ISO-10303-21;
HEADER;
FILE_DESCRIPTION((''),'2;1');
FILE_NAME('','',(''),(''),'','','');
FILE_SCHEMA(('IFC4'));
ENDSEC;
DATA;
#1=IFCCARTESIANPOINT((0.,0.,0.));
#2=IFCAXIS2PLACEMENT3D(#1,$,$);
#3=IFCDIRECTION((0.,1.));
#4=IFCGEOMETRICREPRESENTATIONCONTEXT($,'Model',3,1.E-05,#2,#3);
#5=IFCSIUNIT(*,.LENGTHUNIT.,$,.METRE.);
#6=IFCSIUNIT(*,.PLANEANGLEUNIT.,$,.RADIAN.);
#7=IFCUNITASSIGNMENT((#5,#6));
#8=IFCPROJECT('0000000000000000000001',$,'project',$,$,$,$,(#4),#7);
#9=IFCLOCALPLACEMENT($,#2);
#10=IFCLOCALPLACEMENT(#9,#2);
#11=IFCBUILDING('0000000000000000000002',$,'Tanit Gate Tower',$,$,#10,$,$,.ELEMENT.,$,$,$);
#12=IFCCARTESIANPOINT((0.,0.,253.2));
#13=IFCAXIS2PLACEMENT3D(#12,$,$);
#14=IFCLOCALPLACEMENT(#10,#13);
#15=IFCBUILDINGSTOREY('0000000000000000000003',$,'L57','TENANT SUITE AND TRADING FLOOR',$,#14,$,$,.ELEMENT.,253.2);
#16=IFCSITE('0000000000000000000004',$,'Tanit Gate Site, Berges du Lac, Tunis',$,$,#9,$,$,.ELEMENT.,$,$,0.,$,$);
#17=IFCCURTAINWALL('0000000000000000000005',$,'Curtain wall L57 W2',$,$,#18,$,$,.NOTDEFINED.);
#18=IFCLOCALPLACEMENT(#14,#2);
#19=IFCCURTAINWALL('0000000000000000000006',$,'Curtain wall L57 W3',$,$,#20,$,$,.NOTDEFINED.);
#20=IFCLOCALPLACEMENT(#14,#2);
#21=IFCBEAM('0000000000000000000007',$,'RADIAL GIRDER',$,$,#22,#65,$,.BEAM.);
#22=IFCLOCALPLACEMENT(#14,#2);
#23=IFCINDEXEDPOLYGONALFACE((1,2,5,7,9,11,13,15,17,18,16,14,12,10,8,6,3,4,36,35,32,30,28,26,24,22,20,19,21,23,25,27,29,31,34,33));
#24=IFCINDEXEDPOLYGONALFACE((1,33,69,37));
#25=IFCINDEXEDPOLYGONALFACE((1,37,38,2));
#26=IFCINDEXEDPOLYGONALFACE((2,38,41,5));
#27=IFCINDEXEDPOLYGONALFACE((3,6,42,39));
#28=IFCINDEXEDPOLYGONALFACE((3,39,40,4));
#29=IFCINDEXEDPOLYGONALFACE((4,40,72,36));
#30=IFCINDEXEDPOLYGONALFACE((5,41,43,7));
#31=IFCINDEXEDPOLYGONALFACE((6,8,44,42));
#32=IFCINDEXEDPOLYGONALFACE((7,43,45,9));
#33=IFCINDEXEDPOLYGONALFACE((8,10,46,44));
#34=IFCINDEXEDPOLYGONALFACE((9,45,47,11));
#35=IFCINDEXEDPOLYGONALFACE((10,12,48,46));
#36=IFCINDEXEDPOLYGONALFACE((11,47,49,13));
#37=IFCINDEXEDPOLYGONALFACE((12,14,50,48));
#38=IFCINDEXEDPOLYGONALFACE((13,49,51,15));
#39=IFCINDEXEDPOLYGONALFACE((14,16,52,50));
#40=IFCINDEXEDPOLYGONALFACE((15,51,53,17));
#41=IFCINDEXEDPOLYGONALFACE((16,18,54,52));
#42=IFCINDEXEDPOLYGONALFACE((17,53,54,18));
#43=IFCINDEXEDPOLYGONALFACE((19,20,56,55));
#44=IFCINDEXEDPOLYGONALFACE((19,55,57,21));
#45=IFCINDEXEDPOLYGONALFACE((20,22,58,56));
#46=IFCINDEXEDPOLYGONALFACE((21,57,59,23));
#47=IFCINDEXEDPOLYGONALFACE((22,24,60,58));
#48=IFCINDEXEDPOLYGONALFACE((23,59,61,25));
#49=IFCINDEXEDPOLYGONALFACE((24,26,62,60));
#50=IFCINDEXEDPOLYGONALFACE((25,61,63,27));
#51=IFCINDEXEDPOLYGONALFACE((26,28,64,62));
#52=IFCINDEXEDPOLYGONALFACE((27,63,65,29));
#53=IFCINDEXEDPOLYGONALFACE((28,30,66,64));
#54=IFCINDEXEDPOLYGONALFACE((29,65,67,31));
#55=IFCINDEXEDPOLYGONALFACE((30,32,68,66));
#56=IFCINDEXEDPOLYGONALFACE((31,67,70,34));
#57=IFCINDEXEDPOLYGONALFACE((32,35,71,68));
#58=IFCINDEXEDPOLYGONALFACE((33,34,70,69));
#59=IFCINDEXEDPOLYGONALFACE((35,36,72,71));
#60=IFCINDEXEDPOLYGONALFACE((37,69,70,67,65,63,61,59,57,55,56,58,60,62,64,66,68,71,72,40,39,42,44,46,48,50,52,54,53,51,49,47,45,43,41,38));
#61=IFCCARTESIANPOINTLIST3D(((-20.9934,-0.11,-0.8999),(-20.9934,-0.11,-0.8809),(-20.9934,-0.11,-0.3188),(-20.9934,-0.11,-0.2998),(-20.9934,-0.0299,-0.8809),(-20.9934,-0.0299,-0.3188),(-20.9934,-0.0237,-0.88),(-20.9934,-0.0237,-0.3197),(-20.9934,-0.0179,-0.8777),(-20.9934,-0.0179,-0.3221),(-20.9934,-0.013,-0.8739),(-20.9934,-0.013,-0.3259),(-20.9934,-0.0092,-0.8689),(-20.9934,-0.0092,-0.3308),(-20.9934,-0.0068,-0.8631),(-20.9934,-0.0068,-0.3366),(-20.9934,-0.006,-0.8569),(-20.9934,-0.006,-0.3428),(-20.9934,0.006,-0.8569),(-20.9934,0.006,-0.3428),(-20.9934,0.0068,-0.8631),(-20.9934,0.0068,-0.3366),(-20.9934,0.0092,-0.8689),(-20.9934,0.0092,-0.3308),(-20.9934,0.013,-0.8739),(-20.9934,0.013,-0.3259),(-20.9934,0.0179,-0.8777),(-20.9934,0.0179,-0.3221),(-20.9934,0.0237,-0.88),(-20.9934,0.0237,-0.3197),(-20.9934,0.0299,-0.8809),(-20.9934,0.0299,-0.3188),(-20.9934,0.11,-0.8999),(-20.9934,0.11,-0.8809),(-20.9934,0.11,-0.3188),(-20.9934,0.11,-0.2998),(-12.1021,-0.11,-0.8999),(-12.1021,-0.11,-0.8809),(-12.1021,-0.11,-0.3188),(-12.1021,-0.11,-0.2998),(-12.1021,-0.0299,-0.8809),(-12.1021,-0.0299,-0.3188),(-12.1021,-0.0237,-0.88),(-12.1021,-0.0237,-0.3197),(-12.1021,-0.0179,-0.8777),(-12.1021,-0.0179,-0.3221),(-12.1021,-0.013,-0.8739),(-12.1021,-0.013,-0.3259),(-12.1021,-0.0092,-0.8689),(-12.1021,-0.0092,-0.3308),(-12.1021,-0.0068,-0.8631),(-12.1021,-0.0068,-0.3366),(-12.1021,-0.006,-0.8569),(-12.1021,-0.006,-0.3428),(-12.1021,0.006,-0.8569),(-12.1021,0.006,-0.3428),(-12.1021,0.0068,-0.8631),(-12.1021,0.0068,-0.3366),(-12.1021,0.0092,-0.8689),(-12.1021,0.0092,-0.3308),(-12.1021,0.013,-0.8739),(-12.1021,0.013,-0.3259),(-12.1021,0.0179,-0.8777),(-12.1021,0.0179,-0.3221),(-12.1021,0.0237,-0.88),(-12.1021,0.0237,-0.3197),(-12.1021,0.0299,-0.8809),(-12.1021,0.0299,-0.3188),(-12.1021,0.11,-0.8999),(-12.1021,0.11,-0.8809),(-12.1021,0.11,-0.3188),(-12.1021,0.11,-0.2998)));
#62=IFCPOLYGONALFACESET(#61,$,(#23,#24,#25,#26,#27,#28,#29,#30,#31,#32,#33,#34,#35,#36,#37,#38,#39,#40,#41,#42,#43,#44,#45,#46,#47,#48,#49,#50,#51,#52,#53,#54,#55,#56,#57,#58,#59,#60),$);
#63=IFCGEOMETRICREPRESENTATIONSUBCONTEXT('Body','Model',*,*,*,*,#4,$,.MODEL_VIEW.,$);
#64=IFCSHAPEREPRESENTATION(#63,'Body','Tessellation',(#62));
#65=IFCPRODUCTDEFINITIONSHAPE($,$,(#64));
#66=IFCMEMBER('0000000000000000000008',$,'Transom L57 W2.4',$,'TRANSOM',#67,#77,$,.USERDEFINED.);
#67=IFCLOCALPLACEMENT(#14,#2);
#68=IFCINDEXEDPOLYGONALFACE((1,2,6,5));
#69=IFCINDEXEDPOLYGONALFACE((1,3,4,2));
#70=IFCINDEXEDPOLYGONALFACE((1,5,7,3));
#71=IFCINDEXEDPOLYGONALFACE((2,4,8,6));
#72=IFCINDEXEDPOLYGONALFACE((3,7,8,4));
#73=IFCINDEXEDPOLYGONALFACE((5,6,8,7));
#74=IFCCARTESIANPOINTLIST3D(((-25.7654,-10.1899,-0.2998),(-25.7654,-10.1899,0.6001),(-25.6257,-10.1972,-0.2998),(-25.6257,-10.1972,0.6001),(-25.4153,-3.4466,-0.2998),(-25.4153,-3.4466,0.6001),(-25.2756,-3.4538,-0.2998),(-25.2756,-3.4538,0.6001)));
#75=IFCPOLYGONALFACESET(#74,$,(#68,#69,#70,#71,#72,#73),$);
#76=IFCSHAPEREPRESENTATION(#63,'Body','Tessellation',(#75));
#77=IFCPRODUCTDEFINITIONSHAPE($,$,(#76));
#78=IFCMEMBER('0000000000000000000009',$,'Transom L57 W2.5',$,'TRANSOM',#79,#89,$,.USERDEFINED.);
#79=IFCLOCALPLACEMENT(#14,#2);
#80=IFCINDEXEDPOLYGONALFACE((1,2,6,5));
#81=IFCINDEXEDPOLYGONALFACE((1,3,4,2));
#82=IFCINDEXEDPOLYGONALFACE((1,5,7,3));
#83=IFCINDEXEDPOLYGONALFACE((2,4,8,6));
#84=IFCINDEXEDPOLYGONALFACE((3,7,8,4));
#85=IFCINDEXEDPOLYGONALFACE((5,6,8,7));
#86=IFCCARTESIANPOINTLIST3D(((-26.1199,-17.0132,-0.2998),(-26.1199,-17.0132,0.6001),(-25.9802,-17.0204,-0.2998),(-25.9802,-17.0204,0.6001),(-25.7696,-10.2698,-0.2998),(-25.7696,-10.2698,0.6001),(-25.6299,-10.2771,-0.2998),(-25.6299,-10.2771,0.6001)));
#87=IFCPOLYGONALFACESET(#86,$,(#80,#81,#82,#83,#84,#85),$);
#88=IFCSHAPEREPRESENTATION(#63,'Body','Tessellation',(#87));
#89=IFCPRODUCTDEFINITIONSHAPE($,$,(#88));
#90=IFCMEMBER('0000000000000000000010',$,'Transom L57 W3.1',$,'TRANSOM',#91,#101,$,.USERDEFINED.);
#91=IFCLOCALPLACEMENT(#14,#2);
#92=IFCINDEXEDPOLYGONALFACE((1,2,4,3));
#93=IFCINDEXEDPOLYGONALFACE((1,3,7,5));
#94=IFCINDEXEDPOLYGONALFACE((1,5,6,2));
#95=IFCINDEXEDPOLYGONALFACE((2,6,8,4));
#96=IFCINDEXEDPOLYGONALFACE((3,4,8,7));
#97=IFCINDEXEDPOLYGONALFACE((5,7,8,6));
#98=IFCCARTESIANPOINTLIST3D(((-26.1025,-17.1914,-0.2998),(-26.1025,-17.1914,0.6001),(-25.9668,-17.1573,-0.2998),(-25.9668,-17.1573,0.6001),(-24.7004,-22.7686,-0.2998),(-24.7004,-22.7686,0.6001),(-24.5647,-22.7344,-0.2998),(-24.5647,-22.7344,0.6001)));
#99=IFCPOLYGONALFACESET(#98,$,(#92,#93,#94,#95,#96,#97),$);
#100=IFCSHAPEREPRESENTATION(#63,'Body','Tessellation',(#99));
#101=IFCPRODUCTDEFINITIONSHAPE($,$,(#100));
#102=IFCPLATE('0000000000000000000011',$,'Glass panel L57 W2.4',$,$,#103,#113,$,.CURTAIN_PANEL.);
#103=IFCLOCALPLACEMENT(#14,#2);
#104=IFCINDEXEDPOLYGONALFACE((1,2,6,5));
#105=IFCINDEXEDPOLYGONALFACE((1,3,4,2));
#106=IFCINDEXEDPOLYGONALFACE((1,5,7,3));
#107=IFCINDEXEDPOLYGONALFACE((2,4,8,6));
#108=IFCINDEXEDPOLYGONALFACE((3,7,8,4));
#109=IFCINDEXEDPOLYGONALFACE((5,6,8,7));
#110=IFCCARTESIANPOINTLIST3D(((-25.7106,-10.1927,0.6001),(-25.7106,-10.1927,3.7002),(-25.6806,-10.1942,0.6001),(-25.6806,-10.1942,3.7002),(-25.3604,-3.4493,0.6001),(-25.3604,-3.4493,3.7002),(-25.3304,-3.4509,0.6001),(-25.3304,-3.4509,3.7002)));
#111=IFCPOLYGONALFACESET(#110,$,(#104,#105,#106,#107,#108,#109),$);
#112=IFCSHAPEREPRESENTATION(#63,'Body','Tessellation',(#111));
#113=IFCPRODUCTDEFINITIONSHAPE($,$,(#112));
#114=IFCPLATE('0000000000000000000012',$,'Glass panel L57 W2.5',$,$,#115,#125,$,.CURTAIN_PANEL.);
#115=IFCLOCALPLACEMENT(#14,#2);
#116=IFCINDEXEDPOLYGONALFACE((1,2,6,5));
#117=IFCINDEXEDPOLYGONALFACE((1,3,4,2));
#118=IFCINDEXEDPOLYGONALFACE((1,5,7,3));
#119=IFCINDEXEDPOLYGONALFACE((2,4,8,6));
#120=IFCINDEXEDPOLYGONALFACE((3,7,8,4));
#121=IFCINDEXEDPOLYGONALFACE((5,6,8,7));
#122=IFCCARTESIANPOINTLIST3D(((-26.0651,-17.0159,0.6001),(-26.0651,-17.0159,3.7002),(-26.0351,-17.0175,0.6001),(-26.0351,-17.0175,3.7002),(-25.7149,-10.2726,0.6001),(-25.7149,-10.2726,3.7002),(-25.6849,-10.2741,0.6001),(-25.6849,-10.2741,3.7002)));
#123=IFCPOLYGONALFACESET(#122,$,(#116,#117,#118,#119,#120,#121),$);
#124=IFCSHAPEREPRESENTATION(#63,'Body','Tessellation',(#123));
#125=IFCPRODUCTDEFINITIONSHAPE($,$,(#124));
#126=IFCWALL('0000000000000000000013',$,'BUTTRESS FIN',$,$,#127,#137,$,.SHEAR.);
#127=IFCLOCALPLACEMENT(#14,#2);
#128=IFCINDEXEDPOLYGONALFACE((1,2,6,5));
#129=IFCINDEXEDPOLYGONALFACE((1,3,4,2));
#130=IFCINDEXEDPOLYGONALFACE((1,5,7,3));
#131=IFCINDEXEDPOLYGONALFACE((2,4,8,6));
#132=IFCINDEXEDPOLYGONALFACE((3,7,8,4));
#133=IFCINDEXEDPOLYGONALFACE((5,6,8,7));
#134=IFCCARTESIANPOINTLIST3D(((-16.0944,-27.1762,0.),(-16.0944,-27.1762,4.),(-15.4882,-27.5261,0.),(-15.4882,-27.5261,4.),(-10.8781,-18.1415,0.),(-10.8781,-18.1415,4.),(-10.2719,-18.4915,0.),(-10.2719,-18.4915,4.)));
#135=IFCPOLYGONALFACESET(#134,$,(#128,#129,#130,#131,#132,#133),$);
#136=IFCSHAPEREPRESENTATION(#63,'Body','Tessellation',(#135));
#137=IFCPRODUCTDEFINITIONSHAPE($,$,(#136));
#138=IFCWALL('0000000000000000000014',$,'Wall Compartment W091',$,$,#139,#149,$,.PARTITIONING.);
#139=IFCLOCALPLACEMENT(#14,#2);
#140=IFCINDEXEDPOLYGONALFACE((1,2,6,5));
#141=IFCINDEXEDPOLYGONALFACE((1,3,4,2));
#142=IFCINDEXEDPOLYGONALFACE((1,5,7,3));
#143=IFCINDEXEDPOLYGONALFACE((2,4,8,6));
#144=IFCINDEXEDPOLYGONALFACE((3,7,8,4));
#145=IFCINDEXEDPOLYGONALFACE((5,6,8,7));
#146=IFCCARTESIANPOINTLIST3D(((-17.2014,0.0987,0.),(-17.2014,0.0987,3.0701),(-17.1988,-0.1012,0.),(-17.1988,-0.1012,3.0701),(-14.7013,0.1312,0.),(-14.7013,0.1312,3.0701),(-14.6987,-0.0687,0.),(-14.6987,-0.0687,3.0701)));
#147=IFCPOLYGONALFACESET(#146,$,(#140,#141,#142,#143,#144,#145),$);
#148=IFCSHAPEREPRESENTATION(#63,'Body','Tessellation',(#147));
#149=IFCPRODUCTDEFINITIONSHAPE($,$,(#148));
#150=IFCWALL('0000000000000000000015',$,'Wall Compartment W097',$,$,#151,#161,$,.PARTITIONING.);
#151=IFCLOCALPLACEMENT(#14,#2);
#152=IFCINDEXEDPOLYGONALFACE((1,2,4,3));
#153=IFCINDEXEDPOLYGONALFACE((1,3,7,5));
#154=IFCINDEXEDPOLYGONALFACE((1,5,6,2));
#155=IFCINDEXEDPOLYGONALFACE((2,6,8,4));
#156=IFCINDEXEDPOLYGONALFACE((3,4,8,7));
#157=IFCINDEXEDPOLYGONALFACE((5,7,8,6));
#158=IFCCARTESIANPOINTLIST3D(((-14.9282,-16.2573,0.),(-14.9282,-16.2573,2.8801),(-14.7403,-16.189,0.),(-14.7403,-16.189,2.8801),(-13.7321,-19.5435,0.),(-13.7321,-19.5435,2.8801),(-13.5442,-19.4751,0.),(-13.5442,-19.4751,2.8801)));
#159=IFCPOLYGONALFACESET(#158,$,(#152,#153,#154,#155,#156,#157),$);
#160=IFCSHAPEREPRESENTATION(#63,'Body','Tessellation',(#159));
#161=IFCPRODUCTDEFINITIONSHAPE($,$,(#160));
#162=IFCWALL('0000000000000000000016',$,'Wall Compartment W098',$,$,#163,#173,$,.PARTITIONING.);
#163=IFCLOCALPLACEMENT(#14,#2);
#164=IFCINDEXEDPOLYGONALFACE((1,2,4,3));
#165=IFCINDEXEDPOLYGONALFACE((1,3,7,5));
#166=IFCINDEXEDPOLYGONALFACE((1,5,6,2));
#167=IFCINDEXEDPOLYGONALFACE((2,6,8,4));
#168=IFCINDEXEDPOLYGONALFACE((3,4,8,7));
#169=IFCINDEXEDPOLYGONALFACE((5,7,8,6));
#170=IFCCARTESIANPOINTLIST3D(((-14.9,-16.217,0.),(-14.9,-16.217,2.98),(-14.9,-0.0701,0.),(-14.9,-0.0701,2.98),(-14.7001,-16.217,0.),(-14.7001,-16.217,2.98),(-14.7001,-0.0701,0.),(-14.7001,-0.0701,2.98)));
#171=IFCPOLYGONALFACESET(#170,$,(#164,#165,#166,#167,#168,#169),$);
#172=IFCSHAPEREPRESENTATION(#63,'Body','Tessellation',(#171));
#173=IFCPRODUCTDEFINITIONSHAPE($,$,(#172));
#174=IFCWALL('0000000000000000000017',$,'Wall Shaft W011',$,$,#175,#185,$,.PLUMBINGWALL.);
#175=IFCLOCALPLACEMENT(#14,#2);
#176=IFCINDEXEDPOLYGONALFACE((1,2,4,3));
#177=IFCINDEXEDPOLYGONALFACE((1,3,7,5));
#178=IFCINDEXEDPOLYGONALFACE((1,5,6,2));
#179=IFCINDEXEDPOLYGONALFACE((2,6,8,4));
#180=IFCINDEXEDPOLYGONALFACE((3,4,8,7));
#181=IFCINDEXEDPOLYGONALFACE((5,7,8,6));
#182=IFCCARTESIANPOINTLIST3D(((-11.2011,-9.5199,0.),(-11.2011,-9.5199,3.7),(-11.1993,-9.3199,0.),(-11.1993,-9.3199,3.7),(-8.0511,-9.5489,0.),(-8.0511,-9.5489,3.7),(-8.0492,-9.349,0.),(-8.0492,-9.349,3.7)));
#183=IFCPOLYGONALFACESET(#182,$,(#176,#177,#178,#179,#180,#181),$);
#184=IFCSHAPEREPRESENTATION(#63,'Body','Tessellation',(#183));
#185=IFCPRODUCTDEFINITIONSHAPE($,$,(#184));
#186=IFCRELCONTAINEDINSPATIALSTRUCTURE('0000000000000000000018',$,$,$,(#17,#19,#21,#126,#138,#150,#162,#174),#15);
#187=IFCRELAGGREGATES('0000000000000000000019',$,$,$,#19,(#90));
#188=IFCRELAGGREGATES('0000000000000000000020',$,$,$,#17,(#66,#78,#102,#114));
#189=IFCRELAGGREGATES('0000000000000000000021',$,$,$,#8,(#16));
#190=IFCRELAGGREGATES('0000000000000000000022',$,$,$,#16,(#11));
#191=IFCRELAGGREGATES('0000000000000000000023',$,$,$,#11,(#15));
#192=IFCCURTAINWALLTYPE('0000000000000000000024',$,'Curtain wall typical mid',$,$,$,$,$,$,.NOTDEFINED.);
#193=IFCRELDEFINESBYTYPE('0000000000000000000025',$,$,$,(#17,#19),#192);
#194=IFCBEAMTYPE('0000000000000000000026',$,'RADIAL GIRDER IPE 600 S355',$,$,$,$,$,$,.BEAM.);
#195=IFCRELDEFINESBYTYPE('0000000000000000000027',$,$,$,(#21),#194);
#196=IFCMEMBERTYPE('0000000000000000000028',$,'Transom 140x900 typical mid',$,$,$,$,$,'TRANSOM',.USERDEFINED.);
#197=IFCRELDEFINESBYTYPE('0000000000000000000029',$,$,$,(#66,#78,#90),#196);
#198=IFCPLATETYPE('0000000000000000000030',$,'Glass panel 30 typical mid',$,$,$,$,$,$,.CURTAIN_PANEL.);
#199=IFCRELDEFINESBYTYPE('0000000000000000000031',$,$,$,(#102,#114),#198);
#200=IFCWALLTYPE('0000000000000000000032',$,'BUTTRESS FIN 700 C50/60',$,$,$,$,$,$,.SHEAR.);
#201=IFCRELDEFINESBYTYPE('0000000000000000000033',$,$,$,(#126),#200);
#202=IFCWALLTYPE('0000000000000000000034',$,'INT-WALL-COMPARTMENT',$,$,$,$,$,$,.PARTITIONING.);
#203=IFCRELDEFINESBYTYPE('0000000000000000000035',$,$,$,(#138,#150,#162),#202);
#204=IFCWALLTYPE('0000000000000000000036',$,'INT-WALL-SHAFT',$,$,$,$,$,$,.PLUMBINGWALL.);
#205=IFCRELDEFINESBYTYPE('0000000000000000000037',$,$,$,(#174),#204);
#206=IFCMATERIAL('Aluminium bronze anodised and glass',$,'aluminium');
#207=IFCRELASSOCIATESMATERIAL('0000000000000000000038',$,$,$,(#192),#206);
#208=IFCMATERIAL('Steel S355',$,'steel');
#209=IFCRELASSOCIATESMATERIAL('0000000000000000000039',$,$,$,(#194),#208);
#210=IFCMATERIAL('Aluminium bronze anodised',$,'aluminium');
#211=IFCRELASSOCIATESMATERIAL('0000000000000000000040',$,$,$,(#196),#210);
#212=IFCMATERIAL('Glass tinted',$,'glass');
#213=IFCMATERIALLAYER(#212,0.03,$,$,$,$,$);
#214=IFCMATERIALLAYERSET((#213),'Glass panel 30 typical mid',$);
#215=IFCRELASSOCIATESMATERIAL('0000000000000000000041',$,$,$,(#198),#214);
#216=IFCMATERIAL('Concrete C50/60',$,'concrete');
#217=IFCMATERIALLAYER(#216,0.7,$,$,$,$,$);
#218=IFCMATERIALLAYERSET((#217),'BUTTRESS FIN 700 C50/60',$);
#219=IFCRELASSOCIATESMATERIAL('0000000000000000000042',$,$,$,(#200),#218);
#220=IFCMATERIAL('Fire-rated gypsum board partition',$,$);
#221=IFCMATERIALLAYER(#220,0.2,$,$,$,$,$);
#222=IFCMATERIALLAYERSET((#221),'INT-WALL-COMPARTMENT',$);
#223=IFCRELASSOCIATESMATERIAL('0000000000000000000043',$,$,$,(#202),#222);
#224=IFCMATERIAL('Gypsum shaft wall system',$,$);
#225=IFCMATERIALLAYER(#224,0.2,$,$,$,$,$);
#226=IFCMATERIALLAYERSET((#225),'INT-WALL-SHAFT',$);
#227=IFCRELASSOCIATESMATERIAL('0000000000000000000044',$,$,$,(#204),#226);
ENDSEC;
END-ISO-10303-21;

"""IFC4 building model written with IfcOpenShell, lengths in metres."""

from ifc_helpers import new_model, si_unit, direction, frame, frame_2d, origin, origin_2d, place, context, subcontext, project, spatial, rectangle, i_section, extrude, material, layer, layer_set, material_profile, profile_set, type_object, element, aggregate, save


model = new_model("IFC4")

# Units and contexts
model_context = context("Model", 3, precision=1e-05, world=origin(), true_north=direction((0.0, 1.0)))
body_context = subcontext(model_context, "Body", "Model", "MODEL_VIEW")
ifc_project = project(units=[si_unit("LENGTHUNIT", "METRE"), si_unit("PLANEANGLEUNIT", "RADIAN")], contexts=[model_context])

# Site, building, storey
site_placement = place(None, origin())
site = spatial("IfcSite", under=ifc_project, at=site_placement, Name="Tanit Gate Site, Berges du Lac, Tunis", CompositionType="ELEMENT", RefElevation=0.0)
building_placement = place(site_placement, origin())
building = spatial("IfcBuilding", under=site, at=building_placement, Name="Tanit Gate Tower", CompositionType="ELEMENT")
storey_placement = place(building_placement, frame((0.0, 0.0, 253.2)))
storey = spatial("IfcBuildingStorey", under=building, at=storey_placement, Name="L57", Description="TENANT SUITE AND TRADING FLOOR", CompositionType="ELEMENT", Elevation=253.2)

# Curtain wall
ifc_material_1 = material(Name="Aluminium bronze anodised and glass", Category="aluminium")
curtain_wall_type = type_object("IfcCurtainWallType", Name="Curtain wall typical mid", PredefinedType="NOTDEFINED", material=ifc_material_1)
curtain_wall_1_placement = place(storey_placement, origin())
curtain_wall_1 = element("IfcCurtainWall", 1, at=curtain_wall_1_placement, inside=storey, type_object=curtain_wall_type, Name="Curtain wall L57 W2", PredefinedType="NOTDEFINED")

# Curtain wall
curtain_wall_2_placement = place(storey_placement, origin())
curtain_wall_2 = element("IfcCurtainWall", 2, at=curtain_wall_2_placement, inside=storey, type_object=curtain_wall_type, Name="Curtain wall L57 W3", PredefinedType="NOTDEFINED")

# Beam
ifc_material_2 = material(Name="Steel S355", Category="steel")
ifc_material_profile_1 = material_profile(ifc_material_2, i_section(OverallWidth=0.22, OverallDepth=0.6001, WebThickness=0.012, FlangeThickness=0.019, FilletRadius=0.0239, at=origin_2d()), Name="IPE 600")
ifc_profile_set_1 = profile_set([ifc_material_profile_1], Name="Steel S355")
beam_type_1 = type_object("IfcBeamType", Name="RADIAL GIRDER IPE 600 S355", PredefinedType="BEAM", material=ifc_profile_set_1)
beam_1_placement = place(storey_placement, frame((-20.9934, 0.0, -0.5999), z_axis=(1.0, 0.0, 0.0), x_axis=(0.0, 1.0, 0.0)))
element("IfcBeam", 3, at=beam_1_placement, inside=storey, type_object=beam_type_1, Name="RADIAL GIRDER", PredefinedType="BEAM", context=body_context, shape_type="SweptSolid", body=[
    extrude(i_section(OverallWidth=0.22, OverallDepth=0.6001, WebThickness=0.012, FlangeThickness=0.019, FilletRadius=0.0239, at=origin_2d()), origin(), (0.0, 0.0, 1.0), 8.8914),
])

# Members
ifc_material_3 = material(Name="Aluminium bronze anodised", Category="aluminium")
ifc_material_profile_2 = material_profile(ifc_material_3, rectangle(XDim=0.1399, YDim=0.8999, at=origin_2d()), Name="140x900 bronze transom")
ifc_profile_set_2 = profile_set([ifc_material_profile_2], Name="Aluminium bronze anodised")
member_type_1 = type_object("IfcMemberType", Name="Transom 140x900 typical mid", ElementType="TRANSOM", PredefinedType="USERDEFINED", material=ifc_profile_set_2)
member_1_placement = place(storey_placement, frame((-25.3455, -3.4502, 0.1501), z_axis=(-0.051847, -0.998655, 0.0), x_axis=(0.998655, -0.051847, 0.0)))
member_1 = element("IfcMember", 4, at=member_1_placement, type_object=member_type_1, Name="Transom L57 W2.4", ObjectType="TRANSOM", PredefinedType="USERDEFINED", context=body_context, shape_type="SweptSolid", body=[
    extrude(rectangle(XDim=0.1399, YDim=0.8999, at=origin_2d()), origin(), (0.0, 0.0, 1.0), 6.7524),
])
member_2_placement = place(storey_placement, frame((-25.6997, -10.2734, 0.1501), z_axis=(-0.051883, -0.998653, 0.0), x_axis=(0.998653, -0.051883, 0.0)))
member_2 = element("IfcMember", 5, at=member_2_placement, type_object=member_type_1, Name="Transom L57 W2.5", ObjectType="TRANSOM", PredefinedType="USERDEFINED", context=body_context, shape_type="SweptSolid", body=[
    extrude(rectangle(XDim=0.1399, YDim=0.8999, at=origin_2d()), origin(), (0.0, 0.0, 1.0), 6.7524),
])
member_3_placement = place(storey_placement, frame((-26.0347, -17.1743, 0.1501), z_axis=(0.243814, -0.969822, 0.0), x_axis=(0.969822, 0.243814, 0.0)))
member_3 = element("IfcMember", 6, at=member_3_placement, type_object=member_type_1, Name="Transom L57 W3.1", ObjectType="TRANSOM", PredefinedType="USERDEFINED", context=body_context, shape_type="SweptSolid", body=[
    extrude(rectangle(XDim=0.1399, YDim=0.8999, at=origin_2d()), origin(), (0.0, 0.0, 1.0), 5.7507),
])
aggregate(curtain_wall_2, [member_3])

# Plates
ifc_material_4 = material(Name="Glass tinted", Category="glass")
ifc_layer_1 = layer(ifc_material_4, 0.03)
ifc_layer_set_1 = layer_set([ifc_layer_1], Name="Glass panel 30 typical mid")
plate_type = type_object("IfcPlateType", Name="Glass panel 30 typical mid", PredefinedType="CURTAIN_PANEL", material=ifc_layer_set_1)
plate_1_placement = place(storey_placement, frame((-25.5205, -6.8218, 0.6001), z_axis=(0.0, 0.0, 1.0), x_axis=(-0.051865, -0.998654, 0.0)))
plate_1 = element("IfcPlate", 7, at=plate_1_placement, type_object=plate_type, Name="Glass panel L57 W2.4", PredefinedType="CURTAIN_PANEL", context=body_context, shape_type="SweptSolid", body=[
    extrude(rectangle(XDim=6.7524, YDim=0.03, at=origin_2d()), origin(), (0.0, 0.0, 1.0), 3.1001),
])
plate_2_placement = place(storey_placement, frame((-25.875, -13.645, 0.6001), z_axis=(0.0, 0.0, 1.0), x_axis=(-0.051865, -0.998654, 0.0)))
plate_2 = element("IfcPlate", 8, at=plate_2_placement, type_object=plate_type, Name="Glass panel L57 W2.5", PredefinedType="CURTAIN_PANEL", context=body_context, shape_type="SweptSolid", body=[
    extrude(rectangle(XDim=6.7524, YDim=0.03, at=origin_2d()), origin(), (0.0, 0.0, 1.0), 3.1001),
])
aggregate(curtain_wall_1, [member_1, member_2, plate_1, plate_2])

# Walls
ifc_material_5 = material(Name="Concrete C50/60", Category="concrete")
ifc_layer_2 = layer(ifc_material_5, 0.7)
ifc_layer_set_2 = layer_set([ifc_layer_2], Name="BUTTRESS FIN 700 C50/60")
wall_type_1 = type_object("IfcWallType", Name="BUTTRESS FIN 700 C50/60", PredefinedType="SHEAR", material=ifc_layer_set_2)
wall_1_placement = place(storey_placement, frame((-10.575, -18.3164, 0.0), z_axis=(0.0, 0.0, 1.0), x_axis=(-0.50001, -0.86602, 0.0)))
element("IfcWall", 9, at=wall_1_placement, inside=storey, type_object=wall_type_1, Name="BUTTRESS FIN", PredefinedType="SHEAR", context=body_context, shape_type="SweptSolid", body=[
    extrude(rectangle(XDim=10.4324, YDim=0.7, at=frame_2d((5.2163, 0.0))), origin(), (0.0, 0.0, 1.0), 4.0),
])
ifc_material_6 = material(Name="Fire-rated gypsum board partition")
ifc_layer_3 = layer(ifc_material_6, 0.2)
ifc_layer_set_3 = layer_set([ifc_layer_3], Name="INT-WALL-COMPARTMENT")
wall_type_2 = type_object("IfcWallType", Name="INT-WALL-COMPARTMENT", PredefinedType="PARTITIONING", material=ifc_layer_set_3)
wall_2_placement = place(storey_placement, frame((-17.2, -0.0012, 0.0), z_axis=(0.0, 0.0, 1.0), x_axis=(0.999916, 0.012987, 0.0)))
element("IfcWall", 10, at=wall_2_placement, inside=storey, type_object=wall_type_2, Name="Wall Compartment W091", PredefinedType="PARTITIONING", context=body_context, shape_type="SweptSolid", body=[
    extrude(rectangle(XDim=2.5002, YDim=0.2, at=frame_2d((1.25, 0.0))), origin(), (0.0, 0.0, 1.0), 3.0701),
])
wall_3_placement = place(storey_placement, frame((-14.8342, -16.2231, 0.0), z_axis=(0.0, 0.0, 1.0), x_axis=(0.342018, -0.939694, 0.0)))
element("IfcWall", 11, at=wall_3_placement, inside=storey, type_object=wall_type_2, Name="Wall Compartment W097", PredefinedType="PARTITIONING", context=body_context, shape_type="SweptSolid", body=[
    extrude(rectangle(XDim=3.4971, YDim=0.2, at=frame_2d((1.7485, 0.0))), origin(), (0.0, 0.0, 1.0), 2.8801),
])
wall_4_placement = place(storey_placement, frame((-14.8, -0.0701, 0.0), z_axis=(0.0, 0.0, 1.0), x_axis=(0.0, -1.0, 0.0)))
element("IfcWall", 12, at=wall_4_placement, inside=storey, type_object=wall_type_2, Name="Wall Compartment W098", PredefinedType="PARTITIONING", context=body_context, shape_type="SweptSolid", body=[
    extrude(rectangle(XDim=16.147, YDim=0.2, at=frame_2d((8.0735, 0.0))), origin(), (0.0, 0.0, 1.0), 2.98),
])
ifc_material_7 = material(Name="Gypsum shaft wall system")
ifc_layer_4 = layer(ifc_material_7, 0.2)
ifc_layer_set_4 = layer_set([ifc_layer_4], Name="INT-WALL-SHAFT")
wall_type_3 = type_object("IfcWallType", Name="INT-WALL-SHAFT", PredefinedType="PLUMBINGWALL", material=ifc_layer_set_4)
wall_5_placement = place(storey_placement, frame((-8.05, -9.449, 0.0), z_axis=(0.0, 0.0, 1.0), x_axis=(-0.999957, 0.009223, 0.0)))
element("IfcWall", 13, at=wall_5_placement, inside=storey, type_object=wall_type_3, Name="Wall Shaft W011", PredefinedType="PLUMBINGWALL", context=body_context, shape_type="SweptSolid", body=[
    extrude(rectangle(XDim=3.1501, YDim=0.2, at=frame_2d((1.5752, 0.0))), origin(), (0.0, 0.0, 1.0), 3.7),
])

save(model, "model.ifc")
